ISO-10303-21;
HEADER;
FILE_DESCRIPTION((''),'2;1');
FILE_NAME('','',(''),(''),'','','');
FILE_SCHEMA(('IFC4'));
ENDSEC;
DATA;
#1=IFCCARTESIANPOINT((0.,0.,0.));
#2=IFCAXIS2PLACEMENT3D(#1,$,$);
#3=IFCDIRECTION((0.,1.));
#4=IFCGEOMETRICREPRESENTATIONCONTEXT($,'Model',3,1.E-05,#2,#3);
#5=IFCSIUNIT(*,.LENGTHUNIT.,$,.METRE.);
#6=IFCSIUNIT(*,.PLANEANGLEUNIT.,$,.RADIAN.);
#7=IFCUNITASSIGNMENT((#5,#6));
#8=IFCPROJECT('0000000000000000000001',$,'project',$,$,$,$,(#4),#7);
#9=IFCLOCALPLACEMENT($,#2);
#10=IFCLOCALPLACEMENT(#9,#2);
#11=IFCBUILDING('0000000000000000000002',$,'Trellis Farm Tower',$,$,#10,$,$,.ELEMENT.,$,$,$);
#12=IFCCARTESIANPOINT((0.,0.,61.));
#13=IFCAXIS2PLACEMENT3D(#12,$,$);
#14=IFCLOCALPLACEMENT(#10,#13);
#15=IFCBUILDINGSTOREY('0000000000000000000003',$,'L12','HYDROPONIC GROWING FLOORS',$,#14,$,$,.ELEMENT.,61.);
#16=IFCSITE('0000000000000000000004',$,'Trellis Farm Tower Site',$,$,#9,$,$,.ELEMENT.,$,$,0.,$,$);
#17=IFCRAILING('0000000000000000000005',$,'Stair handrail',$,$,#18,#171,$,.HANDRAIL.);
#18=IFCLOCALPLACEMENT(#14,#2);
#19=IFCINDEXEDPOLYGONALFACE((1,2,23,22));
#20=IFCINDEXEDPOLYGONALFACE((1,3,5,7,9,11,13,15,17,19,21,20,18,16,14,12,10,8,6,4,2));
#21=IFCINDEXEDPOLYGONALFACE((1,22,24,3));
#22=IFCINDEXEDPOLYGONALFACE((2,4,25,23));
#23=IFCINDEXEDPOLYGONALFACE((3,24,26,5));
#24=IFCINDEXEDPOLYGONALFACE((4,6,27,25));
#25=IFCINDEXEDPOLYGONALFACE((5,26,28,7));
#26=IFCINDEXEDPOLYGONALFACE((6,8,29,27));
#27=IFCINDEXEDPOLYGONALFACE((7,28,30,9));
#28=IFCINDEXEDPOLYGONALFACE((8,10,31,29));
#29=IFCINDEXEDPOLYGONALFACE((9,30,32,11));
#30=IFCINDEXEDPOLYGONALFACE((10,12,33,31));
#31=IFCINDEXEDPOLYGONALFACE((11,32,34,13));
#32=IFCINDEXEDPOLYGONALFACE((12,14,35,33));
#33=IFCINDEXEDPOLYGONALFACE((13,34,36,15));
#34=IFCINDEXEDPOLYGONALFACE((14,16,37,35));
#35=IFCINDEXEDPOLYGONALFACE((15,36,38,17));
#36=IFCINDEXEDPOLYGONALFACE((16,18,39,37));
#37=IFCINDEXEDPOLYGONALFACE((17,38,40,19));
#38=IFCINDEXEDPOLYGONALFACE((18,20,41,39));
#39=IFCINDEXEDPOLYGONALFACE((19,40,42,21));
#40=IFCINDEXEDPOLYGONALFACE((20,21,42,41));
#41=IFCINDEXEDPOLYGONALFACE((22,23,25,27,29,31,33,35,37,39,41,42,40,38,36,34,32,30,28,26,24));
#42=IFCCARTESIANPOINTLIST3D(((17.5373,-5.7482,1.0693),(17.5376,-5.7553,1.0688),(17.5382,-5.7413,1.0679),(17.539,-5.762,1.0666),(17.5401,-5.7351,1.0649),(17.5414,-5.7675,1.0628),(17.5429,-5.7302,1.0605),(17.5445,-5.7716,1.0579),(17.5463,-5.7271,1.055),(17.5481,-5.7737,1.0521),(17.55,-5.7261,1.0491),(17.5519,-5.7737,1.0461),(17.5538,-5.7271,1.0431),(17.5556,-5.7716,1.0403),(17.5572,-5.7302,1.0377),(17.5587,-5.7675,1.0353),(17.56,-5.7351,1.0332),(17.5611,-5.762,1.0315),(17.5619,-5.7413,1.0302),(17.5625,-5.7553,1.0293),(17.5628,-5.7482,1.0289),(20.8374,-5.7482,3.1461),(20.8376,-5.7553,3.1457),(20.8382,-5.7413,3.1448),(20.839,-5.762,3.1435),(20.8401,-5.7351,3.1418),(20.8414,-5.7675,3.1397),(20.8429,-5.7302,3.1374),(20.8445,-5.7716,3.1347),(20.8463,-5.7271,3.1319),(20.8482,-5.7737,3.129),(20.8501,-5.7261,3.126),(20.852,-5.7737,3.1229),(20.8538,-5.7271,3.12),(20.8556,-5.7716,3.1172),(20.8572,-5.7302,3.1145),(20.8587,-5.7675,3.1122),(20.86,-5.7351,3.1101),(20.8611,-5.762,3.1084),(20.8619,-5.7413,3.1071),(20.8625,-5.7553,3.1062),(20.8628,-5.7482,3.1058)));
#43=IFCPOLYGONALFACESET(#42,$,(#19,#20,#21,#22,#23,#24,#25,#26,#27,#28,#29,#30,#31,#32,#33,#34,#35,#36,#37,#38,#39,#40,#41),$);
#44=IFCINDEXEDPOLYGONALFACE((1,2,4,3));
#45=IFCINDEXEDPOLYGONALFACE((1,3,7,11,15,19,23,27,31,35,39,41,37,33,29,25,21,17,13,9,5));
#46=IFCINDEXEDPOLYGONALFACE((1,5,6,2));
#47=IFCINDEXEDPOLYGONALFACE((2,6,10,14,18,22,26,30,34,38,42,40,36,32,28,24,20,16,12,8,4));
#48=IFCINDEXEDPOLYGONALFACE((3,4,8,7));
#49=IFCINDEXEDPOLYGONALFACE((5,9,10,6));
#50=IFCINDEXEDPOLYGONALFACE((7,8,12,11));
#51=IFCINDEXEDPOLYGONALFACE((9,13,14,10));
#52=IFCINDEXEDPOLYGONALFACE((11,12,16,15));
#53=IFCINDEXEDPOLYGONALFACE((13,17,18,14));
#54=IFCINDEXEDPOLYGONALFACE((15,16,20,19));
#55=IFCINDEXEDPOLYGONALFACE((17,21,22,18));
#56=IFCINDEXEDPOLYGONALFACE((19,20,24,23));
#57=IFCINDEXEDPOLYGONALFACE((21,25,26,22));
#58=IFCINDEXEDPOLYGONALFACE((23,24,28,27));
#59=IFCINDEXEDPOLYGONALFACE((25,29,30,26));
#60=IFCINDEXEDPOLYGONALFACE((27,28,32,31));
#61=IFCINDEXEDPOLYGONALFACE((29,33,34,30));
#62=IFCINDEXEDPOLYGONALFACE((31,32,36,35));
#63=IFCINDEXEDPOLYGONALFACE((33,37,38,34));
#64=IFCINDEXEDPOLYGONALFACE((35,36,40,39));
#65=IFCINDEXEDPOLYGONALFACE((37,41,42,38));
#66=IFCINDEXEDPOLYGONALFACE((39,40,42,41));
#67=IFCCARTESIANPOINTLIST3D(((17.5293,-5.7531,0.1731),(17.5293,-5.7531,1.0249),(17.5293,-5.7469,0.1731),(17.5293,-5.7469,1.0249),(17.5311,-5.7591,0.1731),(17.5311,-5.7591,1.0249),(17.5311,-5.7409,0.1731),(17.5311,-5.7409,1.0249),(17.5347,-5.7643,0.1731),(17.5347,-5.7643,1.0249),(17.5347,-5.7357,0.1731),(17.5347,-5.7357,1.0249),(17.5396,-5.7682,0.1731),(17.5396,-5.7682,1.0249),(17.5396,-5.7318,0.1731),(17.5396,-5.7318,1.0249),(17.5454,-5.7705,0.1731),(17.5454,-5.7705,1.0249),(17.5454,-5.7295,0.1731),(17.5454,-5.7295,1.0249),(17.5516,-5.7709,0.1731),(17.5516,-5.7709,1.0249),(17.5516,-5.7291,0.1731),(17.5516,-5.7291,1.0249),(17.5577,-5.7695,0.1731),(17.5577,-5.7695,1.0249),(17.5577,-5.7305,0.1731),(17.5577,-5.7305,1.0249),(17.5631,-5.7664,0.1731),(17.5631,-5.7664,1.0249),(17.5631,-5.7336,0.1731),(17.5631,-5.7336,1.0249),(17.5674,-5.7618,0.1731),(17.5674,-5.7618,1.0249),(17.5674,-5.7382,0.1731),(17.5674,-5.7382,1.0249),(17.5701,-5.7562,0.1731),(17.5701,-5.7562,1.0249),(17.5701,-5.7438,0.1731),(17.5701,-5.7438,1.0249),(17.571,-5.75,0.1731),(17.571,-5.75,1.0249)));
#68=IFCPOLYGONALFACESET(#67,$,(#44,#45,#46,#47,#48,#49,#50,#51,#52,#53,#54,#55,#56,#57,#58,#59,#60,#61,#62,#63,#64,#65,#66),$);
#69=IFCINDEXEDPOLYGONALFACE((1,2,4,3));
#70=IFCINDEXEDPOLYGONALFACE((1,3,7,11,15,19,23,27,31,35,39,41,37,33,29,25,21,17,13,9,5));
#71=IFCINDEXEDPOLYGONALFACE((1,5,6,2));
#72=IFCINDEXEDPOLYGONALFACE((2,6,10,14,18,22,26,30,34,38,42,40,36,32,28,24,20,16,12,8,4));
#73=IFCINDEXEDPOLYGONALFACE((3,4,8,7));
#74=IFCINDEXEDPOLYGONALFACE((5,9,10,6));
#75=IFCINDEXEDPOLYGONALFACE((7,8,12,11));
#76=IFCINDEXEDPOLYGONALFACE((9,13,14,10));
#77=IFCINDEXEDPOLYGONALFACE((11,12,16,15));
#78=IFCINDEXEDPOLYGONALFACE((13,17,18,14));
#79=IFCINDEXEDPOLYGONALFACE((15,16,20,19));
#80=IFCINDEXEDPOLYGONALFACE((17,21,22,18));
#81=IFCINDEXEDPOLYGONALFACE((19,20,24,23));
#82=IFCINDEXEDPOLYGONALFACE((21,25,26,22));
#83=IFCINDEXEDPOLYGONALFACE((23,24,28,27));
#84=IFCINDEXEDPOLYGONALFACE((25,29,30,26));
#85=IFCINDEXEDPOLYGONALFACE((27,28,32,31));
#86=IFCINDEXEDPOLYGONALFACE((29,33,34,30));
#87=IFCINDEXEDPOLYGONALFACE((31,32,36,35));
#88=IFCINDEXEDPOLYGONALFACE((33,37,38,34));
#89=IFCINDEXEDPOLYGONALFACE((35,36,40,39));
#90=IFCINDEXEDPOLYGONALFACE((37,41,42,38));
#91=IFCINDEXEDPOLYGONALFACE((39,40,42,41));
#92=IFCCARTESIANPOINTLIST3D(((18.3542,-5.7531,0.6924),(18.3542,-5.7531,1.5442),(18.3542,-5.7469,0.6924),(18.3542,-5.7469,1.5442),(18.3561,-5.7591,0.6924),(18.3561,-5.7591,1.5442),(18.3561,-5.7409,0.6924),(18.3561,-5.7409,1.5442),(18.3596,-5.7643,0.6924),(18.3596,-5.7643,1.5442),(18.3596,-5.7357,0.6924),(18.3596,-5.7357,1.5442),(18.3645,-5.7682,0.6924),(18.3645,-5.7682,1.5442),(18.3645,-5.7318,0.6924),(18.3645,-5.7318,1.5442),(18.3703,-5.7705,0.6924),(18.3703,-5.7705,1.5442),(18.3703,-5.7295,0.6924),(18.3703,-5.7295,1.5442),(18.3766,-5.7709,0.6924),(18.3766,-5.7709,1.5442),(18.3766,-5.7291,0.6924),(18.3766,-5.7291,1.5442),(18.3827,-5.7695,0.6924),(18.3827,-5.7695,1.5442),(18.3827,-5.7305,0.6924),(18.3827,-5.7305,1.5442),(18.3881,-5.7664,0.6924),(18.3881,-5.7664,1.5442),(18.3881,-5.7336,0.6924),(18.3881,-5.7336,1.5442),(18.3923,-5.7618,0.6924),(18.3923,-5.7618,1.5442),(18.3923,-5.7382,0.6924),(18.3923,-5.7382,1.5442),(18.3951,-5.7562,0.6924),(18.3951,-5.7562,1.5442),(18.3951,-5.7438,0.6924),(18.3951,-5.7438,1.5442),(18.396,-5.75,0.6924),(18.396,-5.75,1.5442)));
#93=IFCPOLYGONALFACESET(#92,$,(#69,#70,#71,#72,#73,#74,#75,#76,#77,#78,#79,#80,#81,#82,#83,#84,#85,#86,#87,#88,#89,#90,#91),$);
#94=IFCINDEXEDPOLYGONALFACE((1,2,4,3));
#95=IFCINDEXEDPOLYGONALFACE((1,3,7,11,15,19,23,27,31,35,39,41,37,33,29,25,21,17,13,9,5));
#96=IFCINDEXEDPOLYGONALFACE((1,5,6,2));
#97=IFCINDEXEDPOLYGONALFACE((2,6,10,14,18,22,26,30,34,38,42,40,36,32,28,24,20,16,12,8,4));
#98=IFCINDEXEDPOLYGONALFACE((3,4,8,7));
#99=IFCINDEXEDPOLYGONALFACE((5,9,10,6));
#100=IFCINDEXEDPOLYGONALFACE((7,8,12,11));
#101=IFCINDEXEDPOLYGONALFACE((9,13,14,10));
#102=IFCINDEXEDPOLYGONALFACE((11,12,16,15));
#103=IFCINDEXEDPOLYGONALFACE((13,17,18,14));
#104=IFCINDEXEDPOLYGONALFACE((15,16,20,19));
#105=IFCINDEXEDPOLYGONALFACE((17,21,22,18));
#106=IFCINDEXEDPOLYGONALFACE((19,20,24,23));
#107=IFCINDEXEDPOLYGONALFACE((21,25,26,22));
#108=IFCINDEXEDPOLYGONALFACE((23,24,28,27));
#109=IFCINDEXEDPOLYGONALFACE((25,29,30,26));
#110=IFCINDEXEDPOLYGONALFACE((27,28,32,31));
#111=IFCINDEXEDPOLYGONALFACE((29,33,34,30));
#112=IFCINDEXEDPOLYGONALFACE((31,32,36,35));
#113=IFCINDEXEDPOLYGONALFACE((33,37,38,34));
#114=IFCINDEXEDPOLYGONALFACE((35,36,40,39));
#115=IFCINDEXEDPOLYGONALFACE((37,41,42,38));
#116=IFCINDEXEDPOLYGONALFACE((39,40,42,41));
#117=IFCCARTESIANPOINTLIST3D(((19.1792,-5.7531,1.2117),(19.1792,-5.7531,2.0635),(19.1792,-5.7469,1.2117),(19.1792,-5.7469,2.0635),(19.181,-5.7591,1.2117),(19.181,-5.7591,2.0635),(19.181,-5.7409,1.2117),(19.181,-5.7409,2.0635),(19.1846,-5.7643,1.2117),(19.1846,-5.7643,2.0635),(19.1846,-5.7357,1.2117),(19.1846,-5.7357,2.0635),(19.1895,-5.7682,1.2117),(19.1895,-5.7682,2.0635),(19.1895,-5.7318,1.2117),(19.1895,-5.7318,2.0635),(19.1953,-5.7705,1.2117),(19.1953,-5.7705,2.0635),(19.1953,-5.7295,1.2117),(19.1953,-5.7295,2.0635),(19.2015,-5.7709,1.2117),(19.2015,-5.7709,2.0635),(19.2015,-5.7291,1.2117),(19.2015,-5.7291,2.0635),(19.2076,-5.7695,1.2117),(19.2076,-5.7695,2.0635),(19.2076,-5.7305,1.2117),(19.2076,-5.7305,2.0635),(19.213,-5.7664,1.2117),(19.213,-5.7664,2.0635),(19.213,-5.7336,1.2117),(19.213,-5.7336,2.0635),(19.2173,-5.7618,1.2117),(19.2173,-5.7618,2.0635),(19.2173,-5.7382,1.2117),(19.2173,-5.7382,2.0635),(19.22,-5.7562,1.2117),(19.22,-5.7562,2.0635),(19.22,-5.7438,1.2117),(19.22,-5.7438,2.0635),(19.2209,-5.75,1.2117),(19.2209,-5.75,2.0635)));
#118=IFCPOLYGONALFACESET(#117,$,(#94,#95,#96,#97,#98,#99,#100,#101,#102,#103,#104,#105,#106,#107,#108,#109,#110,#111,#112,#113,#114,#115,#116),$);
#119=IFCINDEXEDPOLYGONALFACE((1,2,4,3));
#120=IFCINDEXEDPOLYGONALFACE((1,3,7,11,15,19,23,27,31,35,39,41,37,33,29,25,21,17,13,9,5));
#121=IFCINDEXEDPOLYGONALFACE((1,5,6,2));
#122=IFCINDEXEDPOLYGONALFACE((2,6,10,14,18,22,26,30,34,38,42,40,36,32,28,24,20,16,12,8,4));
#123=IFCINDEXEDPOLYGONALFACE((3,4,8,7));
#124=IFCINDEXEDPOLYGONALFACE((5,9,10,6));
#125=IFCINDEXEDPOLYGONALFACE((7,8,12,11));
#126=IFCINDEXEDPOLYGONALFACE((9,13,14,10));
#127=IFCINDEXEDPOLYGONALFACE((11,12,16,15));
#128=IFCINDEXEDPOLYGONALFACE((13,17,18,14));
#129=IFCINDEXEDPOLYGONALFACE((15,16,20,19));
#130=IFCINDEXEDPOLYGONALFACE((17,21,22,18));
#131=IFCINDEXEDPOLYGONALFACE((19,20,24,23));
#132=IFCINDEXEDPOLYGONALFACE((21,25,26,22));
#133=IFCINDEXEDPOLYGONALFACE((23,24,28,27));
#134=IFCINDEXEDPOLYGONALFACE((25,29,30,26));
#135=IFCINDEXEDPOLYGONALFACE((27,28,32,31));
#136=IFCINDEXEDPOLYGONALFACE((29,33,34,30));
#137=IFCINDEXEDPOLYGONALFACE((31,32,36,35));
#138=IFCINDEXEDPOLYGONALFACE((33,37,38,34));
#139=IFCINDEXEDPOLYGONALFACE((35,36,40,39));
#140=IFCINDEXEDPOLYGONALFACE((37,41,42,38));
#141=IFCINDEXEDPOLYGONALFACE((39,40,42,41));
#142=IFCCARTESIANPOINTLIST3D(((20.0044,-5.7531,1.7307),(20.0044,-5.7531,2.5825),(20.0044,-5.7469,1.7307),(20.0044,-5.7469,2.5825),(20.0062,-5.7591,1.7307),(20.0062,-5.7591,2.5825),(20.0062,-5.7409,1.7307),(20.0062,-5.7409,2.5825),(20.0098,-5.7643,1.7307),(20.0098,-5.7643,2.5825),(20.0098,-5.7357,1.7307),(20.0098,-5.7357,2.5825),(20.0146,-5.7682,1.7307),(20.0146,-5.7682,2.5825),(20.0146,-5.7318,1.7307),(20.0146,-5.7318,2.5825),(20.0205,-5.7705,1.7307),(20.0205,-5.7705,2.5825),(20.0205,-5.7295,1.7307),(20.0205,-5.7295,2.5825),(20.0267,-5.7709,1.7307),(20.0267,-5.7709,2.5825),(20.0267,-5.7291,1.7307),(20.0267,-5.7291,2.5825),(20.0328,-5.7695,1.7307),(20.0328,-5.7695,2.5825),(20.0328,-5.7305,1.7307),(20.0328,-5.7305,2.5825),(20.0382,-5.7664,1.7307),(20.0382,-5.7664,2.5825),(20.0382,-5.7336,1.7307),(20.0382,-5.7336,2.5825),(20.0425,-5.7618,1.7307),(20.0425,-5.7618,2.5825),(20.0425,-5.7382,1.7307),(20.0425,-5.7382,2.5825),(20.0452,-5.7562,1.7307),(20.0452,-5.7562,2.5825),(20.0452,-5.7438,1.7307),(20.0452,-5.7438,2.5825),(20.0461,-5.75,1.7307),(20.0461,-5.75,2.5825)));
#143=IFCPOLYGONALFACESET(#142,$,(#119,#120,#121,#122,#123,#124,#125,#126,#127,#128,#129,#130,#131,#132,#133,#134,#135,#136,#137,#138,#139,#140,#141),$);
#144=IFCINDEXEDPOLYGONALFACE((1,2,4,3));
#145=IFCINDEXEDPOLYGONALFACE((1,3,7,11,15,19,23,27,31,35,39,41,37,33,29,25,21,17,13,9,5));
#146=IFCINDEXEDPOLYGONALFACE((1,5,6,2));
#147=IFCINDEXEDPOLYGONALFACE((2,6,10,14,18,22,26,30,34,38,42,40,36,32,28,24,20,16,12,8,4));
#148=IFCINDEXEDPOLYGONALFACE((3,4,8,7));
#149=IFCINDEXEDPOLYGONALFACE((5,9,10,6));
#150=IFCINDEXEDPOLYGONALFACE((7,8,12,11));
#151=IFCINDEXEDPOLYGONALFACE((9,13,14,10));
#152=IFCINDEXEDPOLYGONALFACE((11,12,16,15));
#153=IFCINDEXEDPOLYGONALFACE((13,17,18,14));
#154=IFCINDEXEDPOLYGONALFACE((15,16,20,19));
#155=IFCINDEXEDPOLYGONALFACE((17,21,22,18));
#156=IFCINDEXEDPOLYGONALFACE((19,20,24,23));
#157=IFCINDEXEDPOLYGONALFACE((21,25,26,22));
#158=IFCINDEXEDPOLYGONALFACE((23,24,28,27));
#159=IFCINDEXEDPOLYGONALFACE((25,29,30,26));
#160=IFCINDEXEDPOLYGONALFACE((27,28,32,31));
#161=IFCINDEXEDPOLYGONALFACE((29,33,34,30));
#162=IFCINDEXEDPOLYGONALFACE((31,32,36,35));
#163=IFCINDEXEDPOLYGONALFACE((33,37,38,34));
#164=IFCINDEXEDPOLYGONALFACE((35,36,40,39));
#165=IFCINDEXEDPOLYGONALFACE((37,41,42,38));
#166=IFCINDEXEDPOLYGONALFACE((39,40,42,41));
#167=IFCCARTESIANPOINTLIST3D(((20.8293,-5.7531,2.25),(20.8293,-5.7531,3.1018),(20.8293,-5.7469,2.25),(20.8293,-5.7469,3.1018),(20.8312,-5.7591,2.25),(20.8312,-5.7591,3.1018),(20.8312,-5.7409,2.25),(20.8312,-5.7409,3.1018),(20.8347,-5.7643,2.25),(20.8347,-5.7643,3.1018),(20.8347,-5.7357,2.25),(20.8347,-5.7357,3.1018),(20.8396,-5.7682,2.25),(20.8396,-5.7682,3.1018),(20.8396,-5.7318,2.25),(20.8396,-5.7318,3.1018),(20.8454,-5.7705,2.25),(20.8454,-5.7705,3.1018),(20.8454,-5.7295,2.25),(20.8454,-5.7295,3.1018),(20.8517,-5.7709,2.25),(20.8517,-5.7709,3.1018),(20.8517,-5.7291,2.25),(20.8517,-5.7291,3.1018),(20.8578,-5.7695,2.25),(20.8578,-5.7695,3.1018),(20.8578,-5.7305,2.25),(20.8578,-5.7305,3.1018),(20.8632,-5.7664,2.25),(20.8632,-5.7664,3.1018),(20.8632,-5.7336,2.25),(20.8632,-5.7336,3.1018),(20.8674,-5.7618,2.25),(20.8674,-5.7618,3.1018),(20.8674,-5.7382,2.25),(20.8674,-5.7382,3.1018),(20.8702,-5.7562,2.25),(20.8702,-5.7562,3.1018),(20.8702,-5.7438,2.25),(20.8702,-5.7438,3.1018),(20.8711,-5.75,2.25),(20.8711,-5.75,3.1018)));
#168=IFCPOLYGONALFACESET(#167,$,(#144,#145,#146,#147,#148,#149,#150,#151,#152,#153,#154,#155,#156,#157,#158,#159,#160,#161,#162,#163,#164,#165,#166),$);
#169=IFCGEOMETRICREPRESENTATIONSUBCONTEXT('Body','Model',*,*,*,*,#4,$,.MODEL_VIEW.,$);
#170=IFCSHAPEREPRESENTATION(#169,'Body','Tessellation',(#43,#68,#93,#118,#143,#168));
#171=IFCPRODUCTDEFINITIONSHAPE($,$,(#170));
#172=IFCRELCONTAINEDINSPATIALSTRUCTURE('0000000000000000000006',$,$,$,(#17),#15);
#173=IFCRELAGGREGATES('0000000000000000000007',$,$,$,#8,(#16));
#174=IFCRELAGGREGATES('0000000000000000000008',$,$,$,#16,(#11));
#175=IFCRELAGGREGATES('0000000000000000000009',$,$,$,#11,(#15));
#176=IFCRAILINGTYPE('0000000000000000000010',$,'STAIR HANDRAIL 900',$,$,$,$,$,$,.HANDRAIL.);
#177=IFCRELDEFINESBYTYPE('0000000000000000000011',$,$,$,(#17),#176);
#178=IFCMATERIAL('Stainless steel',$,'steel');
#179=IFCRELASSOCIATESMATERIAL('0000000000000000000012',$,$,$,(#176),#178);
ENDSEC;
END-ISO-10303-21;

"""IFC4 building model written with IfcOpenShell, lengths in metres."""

from ifc_helpers import new_model, si_unit, direction, frame, origin, origin_2d, place, context, subcontext, project, spatial, circle, extrude, source, transform, mapped, material, type_object, element, save


model = new_model("IFC4")

# Units and contexts
model_context = context("Model", 3, precision=1e-05, world=origin(), true_north=direction((0.0, 1.0)))
body_context = subcontext(model_context, "Body", "Model", "MODEL_VIEW")
ifc_project = project(units=[si_unit("LENGTHUNIT", "METRE"), si_unit("PLANEANGLEUNIT", "RADIAN")], contexts=[model_context])

# Site, building, storey
site_placement = place(None, origin())
site = spatial("IfcSite", under=ifc_project, at=site_placement, Name="Trellis Farm Tower Site", CompositionType="ELEMENT", RefElevation=0.0)
building_placement = place(site_placement, origin())
building = spatial("IfcBuilding", under=site, at=building_placement, Name="Trellis Farm Tower", CompositionType="ELEMENT")
storey_placement = place(building_placement, frame((0.0, 0.0, 61.0)))
storey = spatial("IfcBuildingStorey", under=building, at=storey_placement, Name="L12", Description="HYDROPONIC GROWING FLOORS", CompositionType="ELEMENT", Elevation=61.0)

# Railing
ifc_material_1 = material(Name="Stainless steel", Category="steel")
railing_type = type_object("IfcRailingType", Name="STAIR HANDRAIL 900", PredefinedType="HANDRAIL", material=ifc_material_1)
shared_shape_1 = source(origin(), body_context, "Body", "SweptSolid", [
    extrude(circle(Radius=0.0239, at=origin_2d()), frame((0.0, 0.0, 0.876), z_axis=(0.846337, 0.0, 0.532647), x_axis=(0.0, 1.0, 0.0)), (0.0, 0.0, 1.0), 3.8992),
    extrude(circle(Radius=0.021, at=origin_2d()), origin(), (0.0, 0.0, 1.0), 0.8518),
    extrude(circle(Radius=0.021, at=origin_2d()), frame((0.825, 0.0, 0.5193)), (0.0, 0.0, 1.0), 0.8518),
    extrude(circle(Radius=0.021, at=origin_2d()), frame((1.6499, 0.0, 1.0386)), (0.0, 0.0, 1.0), 0.8518),
    extrude(circle(Radius=0.021, at=origin_2d()), frame((2.4751, 0.0, 1.5576)), (0.0, 0.0, 1.0), 0.8518),
    extrude(circle(Radius=0.021, at=origin_2d()), frame((3.3, 0.0, 2.0769)), (0.0, 0.0, 1.0), 0.8518),
])
railing_placement = place(storey_placement, frame((17.55, -5.75, 0.1731)))
element("IfcRailing", 1, at=railing_placement, inside=storey, type_object=railing_type, Name="Stair handrail", PredefinedType="HANDRAIL", context=body_context, shape_type="MappedRepresentation", body=[
    mapped(shared_shape_1, transform((0.0, 0.0, 0.0))),
])

save(model, "model.ifc")
